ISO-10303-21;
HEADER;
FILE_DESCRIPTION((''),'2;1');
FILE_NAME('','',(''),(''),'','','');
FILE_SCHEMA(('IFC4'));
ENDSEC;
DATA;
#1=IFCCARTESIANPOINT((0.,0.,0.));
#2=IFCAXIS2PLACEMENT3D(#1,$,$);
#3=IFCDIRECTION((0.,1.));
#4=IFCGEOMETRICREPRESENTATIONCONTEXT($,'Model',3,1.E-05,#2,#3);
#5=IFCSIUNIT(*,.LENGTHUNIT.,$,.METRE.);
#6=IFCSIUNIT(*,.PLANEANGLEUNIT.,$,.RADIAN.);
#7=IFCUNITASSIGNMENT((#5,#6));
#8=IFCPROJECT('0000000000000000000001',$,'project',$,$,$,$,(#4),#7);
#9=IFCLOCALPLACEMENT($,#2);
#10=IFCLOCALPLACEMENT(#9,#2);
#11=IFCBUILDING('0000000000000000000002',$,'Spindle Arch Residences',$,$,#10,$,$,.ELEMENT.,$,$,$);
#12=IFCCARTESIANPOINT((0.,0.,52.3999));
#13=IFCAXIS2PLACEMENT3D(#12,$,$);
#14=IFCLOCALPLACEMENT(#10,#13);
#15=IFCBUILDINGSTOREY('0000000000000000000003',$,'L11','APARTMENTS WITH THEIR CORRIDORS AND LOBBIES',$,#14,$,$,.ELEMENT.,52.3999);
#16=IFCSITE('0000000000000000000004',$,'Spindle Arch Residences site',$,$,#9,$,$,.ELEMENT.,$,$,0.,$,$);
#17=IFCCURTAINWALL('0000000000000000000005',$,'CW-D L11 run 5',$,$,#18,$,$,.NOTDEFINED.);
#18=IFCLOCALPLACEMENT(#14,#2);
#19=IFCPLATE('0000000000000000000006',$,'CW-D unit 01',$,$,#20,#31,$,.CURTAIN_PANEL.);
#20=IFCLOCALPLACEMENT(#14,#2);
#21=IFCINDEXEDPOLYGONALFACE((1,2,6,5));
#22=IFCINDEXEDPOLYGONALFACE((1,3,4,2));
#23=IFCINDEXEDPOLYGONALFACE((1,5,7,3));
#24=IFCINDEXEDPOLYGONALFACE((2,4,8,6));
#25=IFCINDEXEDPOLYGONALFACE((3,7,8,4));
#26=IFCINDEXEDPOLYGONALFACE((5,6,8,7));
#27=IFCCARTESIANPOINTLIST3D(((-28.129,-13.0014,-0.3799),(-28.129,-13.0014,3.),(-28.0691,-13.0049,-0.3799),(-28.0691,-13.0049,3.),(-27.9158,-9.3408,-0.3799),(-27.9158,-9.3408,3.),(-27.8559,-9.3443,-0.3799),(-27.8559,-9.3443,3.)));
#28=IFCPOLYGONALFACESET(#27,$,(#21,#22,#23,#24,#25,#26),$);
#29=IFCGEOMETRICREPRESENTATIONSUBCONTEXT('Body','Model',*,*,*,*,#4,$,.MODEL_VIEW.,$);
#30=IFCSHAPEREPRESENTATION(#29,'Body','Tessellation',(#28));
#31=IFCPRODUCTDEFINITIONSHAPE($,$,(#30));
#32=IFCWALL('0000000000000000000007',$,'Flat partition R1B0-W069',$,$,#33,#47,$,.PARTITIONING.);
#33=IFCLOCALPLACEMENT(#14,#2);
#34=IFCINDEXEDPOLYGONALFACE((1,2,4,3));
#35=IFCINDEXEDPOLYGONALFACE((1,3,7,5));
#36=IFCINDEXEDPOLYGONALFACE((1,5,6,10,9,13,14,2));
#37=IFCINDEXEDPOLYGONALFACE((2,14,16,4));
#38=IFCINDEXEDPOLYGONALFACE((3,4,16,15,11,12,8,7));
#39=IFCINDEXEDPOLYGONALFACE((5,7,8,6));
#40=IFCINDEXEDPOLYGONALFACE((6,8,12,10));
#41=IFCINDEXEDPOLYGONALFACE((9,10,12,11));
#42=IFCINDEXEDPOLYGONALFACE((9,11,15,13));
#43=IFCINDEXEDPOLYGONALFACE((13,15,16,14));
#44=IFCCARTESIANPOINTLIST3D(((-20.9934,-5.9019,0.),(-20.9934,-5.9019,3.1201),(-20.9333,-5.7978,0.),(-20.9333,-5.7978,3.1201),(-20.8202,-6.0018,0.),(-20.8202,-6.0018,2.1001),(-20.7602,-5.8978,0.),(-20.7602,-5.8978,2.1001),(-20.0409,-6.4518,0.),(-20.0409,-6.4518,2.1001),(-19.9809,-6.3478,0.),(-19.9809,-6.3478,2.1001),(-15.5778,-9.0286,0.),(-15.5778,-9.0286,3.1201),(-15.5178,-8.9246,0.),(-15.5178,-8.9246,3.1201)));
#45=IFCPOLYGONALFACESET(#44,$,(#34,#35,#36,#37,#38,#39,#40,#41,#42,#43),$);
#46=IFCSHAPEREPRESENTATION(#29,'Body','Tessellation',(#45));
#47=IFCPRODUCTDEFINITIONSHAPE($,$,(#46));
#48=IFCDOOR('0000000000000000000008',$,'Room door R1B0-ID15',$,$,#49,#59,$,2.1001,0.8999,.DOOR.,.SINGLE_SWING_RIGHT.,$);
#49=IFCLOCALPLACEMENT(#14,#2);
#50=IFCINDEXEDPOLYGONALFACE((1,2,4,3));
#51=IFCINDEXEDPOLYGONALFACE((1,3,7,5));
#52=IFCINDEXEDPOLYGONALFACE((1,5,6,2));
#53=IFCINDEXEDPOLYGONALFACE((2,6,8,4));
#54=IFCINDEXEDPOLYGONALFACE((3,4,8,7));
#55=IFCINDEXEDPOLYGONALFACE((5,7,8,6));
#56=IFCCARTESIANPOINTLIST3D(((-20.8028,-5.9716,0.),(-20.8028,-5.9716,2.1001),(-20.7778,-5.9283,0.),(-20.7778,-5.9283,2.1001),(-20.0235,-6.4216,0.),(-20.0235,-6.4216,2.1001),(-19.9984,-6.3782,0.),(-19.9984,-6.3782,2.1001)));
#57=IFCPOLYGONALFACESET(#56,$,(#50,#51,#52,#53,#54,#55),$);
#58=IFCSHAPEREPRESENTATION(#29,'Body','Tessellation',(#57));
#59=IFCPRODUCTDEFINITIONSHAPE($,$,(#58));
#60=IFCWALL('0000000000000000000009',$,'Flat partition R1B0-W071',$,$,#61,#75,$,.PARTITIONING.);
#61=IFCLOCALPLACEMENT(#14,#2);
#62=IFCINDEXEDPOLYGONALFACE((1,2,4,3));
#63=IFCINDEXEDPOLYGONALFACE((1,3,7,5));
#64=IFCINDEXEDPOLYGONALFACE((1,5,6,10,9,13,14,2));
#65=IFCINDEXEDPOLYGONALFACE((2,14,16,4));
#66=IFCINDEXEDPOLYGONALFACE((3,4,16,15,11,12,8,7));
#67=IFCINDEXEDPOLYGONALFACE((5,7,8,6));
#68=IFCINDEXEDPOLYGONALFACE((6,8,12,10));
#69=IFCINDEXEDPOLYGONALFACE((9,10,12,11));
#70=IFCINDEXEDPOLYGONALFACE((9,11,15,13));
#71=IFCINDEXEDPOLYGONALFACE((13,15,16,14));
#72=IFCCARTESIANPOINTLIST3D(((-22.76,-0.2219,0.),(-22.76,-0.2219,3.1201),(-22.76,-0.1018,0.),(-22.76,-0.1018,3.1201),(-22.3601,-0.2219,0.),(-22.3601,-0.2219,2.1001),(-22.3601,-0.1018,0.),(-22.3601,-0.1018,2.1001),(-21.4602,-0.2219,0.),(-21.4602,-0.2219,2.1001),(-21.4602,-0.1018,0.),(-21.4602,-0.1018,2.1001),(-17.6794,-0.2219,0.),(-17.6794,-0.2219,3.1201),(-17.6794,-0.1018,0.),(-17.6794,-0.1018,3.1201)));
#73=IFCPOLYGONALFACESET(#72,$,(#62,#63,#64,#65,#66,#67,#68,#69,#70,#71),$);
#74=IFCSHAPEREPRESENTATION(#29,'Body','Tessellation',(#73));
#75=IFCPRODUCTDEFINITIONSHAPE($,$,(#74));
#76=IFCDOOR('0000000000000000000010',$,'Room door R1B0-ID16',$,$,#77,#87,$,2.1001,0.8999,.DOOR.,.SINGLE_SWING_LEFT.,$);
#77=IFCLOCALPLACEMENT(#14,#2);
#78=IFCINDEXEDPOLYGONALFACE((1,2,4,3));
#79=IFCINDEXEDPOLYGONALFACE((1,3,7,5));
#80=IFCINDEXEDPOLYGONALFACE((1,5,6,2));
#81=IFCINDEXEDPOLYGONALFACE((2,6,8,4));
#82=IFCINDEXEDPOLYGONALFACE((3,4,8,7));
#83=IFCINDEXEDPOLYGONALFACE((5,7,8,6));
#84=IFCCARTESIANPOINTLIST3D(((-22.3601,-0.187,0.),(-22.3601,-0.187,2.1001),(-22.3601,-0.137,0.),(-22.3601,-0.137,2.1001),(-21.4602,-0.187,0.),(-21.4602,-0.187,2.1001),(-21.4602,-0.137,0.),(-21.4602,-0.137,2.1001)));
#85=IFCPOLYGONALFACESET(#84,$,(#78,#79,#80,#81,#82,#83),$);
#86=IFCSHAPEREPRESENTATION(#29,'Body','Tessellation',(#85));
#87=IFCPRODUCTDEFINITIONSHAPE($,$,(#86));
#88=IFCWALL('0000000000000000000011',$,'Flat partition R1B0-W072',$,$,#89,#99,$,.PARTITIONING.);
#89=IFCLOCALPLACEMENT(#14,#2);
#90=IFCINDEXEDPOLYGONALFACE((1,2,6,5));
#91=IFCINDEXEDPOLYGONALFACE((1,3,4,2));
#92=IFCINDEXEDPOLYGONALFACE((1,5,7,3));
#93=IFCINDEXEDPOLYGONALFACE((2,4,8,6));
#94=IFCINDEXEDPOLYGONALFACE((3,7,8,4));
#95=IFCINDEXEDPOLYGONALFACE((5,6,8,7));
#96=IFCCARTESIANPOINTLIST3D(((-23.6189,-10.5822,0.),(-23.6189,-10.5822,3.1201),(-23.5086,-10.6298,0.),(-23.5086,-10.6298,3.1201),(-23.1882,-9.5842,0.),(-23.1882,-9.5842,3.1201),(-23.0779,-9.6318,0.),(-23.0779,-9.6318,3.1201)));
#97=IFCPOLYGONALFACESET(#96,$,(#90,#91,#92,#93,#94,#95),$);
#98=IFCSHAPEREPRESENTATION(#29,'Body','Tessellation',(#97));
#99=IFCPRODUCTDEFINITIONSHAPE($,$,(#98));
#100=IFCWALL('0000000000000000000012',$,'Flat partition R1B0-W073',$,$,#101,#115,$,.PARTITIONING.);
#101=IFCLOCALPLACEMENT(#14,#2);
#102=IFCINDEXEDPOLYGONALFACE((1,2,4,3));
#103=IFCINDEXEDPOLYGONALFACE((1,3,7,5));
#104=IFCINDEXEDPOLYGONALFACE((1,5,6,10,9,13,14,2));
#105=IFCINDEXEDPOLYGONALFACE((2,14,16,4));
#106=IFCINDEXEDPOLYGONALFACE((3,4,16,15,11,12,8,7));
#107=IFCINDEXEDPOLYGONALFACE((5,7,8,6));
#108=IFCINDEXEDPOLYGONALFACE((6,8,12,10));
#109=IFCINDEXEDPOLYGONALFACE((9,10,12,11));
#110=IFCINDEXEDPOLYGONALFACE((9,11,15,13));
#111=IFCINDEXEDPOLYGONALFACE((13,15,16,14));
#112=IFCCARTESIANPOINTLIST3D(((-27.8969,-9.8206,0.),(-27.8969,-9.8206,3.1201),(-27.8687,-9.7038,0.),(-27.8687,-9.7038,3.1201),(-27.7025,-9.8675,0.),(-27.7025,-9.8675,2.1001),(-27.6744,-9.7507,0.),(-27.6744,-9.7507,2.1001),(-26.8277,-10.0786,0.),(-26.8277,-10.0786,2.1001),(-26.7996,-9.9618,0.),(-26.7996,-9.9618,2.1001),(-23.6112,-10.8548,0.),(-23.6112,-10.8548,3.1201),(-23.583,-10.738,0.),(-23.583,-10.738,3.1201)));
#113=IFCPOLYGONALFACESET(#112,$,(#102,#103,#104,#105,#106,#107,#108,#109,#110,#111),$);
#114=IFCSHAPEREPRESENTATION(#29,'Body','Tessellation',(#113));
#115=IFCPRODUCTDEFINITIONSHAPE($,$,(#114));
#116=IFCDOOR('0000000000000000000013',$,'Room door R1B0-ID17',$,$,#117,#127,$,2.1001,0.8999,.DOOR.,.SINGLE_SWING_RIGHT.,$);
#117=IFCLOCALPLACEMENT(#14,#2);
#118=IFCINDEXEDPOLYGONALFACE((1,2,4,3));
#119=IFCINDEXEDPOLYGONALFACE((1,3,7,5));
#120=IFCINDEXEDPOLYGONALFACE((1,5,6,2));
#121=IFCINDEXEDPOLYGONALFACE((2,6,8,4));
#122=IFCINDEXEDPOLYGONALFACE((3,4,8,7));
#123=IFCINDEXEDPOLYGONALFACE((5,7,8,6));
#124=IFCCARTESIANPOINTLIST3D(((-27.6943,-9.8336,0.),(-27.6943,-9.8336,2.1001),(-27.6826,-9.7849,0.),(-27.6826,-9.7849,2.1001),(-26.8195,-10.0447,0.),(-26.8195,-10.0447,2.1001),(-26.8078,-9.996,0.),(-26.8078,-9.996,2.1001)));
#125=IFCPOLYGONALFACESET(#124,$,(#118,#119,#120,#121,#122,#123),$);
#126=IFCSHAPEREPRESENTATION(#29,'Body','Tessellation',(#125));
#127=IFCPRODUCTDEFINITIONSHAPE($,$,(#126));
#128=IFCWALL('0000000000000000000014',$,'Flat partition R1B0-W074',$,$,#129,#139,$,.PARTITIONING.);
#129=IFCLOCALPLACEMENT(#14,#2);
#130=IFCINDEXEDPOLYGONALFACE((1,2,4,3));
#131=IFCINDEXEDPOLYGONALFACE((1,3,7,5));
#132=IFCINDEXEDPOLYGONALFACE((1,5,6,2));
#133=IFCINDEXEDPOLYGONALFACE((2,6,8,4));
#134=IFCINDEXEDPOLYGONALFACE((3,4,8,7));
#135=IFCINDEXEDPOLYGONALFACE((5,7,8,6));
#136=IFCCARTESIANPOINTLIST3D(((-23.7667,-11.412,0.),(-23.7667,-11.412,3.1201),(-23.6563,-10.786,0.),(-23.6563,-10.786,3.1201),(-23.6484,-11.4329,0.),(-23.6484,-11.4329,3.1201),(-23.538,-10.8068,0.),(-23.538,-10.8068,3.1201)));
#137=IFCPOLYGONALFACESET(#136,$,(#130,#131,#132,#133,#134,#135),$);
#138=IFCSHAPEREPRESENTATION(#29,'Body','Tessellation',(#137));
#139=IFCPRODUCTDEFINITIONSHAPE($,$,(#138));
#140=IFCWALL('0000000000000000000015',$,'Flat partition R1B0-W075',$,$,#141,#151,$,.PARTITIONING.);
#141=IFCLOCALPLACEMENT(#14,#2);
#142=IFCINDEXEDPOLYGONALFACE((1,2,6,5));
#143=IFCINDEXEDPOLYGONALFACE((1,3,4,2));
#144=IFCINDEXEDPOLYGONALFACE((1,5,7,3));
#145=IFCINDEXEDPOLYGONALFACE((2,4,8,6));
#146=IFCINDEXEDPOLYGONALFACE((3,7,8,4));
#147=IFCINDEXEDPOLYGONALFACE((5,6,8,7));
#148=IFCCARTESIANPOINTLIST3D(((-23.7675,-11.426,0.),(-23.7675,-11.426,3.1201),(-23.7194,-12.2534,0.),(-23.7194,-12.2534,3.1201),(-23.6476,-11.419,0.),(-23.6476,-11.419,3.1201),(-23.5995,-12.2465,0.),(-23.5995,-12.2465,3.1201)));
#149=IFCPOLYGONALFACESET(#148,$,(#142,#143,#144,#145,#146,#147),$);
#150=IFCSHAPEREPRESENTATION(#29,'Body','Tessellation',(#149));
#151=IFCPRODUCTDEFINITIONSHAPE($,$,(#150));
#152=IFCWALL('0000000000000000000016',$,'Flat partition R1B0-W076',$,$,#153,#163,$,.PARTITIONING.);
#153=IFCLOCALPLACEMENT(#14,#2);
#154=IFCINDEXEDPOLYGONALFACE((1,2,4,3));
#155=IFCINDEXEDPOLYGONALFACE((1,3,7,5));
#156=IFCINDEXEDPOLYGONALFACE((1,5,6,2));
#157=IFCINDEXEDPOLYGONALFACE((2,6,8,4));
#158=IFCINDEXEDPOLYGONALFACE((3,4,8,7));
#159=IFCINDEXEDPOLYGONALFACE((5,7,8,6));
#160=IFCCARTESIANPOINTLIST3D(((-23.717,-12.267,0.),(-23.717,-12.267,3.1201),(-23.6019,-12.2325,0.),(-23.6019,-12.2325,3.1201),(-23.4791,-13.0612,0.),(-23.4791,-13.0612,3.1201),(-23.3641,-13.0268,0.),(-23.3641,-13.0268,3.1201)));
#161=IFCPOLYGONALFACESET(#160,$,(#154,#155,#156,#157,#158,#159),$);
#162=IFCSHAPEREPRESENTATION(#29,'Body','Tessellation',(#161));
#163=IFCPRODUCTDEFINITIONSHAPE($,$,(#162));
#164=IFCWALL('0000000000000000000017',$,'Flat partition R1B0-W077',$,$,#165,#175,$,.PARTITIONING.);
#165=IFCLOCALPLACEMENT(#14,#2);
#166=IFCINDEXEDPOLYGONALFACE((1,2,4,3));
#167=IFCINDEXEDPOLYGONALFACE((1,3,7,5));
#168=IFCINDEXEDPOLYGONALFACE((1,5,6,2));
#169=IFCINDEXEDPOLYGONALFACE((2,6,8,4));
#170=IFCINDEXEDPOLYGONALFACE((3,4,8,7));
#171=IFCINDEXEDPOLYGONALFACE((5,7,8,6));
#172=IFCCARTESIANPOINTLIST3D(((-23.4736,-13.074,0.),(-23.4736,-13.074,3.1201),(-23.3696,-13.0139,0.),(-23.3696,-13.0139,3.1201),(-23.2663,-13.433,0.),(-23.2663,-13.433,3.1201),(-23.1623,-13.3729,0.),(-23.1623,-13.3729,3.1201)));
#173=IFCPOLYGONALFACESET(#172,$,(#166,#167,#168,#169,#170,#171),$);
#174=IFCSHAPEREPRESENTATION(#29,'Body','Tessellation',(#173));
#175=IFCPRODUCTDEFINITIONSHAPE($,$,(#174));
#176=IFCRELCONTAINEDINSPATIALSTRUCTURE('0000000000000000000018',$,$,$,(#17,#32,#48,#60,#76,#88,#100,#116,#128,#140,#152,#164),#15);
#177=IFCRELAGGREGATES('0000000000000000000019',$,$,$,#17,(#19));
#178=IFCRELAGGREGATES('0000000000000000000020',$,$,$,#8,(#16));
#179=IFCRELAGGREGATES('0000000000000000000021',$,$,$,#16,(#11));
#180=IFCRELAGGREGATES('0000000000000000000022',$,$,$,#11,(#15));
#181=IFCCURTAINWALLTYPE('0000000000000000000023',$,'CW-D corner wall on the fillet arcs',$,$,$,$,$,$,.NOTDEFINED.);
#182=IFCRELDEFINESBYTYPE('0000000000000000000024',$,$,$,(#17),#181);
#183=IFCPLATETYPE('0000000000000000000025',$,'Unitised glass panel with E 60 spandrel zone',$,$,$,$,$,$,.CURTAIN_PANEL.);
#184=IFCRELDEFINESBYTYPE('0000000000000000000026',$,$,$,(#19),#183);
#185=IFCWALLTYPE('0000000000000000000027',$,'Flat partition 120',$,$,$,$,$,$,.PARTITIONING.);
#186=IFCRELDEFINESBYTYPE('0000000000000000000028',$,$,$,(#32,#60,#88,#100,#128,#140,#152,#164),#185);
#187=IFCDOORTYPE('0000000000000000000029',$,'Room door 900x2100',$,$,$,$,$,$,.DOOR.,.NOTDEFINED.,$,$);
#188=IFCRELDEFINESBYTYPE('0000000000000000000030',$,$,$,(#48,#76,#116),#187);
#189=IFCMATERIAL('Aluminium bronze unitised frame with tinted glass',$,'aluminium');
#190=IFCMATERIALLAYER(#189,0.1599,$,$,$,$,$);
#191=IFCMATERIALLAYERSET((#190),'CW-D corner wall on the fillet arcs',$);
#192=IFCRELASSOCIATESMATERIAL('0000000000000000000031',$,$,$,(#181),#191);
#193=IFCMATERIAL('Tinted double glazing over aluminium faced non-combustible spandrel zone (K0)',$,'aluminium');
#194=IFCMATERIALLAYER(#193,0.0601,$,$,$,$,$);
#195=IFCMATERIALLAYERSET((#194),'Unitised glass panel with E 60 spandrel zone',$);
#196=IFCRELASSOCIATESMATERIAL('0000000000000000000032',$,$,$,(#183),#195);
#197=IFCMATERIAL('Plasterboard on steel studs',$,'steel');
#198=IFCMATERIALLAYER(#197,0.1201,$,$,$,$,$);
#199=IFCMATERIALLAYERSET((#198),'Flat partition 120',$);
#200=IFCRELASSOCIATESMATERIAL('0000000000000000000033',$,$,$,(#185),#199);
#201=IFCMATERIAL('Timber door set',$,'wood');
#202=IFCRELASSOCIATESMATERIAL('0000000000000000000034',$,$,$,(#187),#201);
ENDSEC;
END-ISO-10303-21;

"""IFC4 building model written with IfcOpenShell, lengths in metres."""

from ifc_helpers import new_model, si_unit, direction, frame, frame_2d, origin, origin_2d, place, context, subcontext, project, spatial, rectangle, extrude, material, layer, layer_set, type_object, element, fill, aggregate, save


model = new_model("IFC4")

# Units and contexts
model_context = context("Model", 3, precision=1e-05, world=origin(), true_north=direction((0.0, 1.0)))
body_context = subcontext(model_context, "Body", "Model", "MODEL_VIEW")
ifc_project = project(units=[si_unit("LENGTHUNIT", "METRE"), si_unit("PLANEANGLEUNIT", "RADIAN")], contexts=[model_context])

# Site, building, storey
site_placement = place(None, origin())
site = spatial("IfcSite", under=ifc_project, at=site_placement, Name="Spindle Arch Residences site", CompositionType="ELEMENT", RefElevation=0.0)
building_placement = place(site_placement, origin())
building = spatial("IfcBuilding", under=site, at=building_placement, Name="Spindle Arch Residences", CompositionType="ELEMENT")
storey_placement = place(building_placement, frame((0.0, 0.0, 52.3999)))
storey = spatial("IfcBuildingStorey", under=building, at=storey_placement, Name="L11", Description="APARTMENTS WITH THEIR CORRIDORS AND LOBBIES", CompositionType="ELEMENT", Elevation=52.3999)

# Curtain wall
ifc_material_1 = material(Name="Aluminium bronze unitised frame with tinted glass", Category="aluminium")
ifc_layer_1 = layer(ifc_material_1, 0.1599)
ifc_layer_set_1 = layer_set([ifc_layer_1], Name="CW-D corner wall on the fillet arcs")
curtain_wall_type_1 = type_object("IfcCurtainWallType", Name="CW-D corner wall on the fillet arcs", PredefinedType="NOTDEFINED", material=ifc_layer_set_1)
curtain_wall_1_placement = place(storey_placement, origin())
curtain_wall_1 = element("IfcCurtainWall", 1, at=curtain_wall_1_placement, inside=storey, type_object=curtain_wall_type_1, Name="CW-D L11 run 5", PredefinedType="NOTDEFINED")

# Shared definitions
ifc_material_2 = material(Name="Tinted double glazing over aluminium faced non-combustible spandrel zone (K0)", Category="aluminium")
ifc_layer_2 = layer(ifc_material_2, 0.0601)
ifc_layer_set_2 = layer_set([ifc_layer_2], Name="Unitised glass panel with E 60 spandrel zone")
plate_type = type_object("IfcPlateType", Name="Unitised glass panel with E 60 spandrel zone", PredefinedType="CURTAIN_PANEL", material=ifc_layer_set_2)

# Plate
plate_1_placement = place(storey_placement, frame((-27.9924, -11.1729, -0.3799), z_axis=(0.0, 0.0, 1.0), x_axis=(-0.058145, -0.998308, 0.0)))
plate_1 = element("IfcPlate", 2, at=plate_1_placement, type_object=plate_type, Name="CW-D unit 01", PredefinedType="CURTAIN_PANEL", context=body_context, shape_type="SweptSolid", body=[
    extrude(rectangle(XDim=3.6667, YDim=0.0601, at=origin_2d()), origin(), (0.0, 0.0, 1.0), 3.3799),
])
aggregate(curtain_wall_1, [plate_1])

# Walls, openings, doors
ifc_material_3 = material(Name="Plasterboard on steel studs", Category="steel")
ifc_layer_3 = layer(ifc_material_3, 0.1201)
ifc_layer_set_3 = layer_set([ifc_layer_3], Name="Flat partition 120")
wall_type = type_object("IfcWallType", Name="Flat partition 120", PredefinedType="PARTITIONING", material=ifc_layer_set_3)
wall_1_placement = place(storey_placement, frame((-20.9634, -5.8499, 0.0), z_axis=(0.0, 0.0, 1.0), x_axis=(0.866022, -0.500006, 0.0)))
wall_1 = element("IfcWall", 3, at=wall_1_placement, inside=storey, type_object=wall_type, Name="Flat partition R1B0-W069", PredefinedType="PARTITIONING", context=body_context, shape_type="SweptSolid", body=[
    extrude(rectangle(XDim=6.2534, YDim=0.1201, at=frame_2d((3.1267, 0.0))), origin(), (0.0, 0.0, 1.0), 3.1201),
])
opening_1_placement = place(wall_1_placement, frame((0.2, 0.0, 0.0)))
opening_1 = element("IfcOpeningElement", 4, at=opening_1_placement, cuts=wall_1, PredefinedType="OPENING", context=body_context, shape_type="SweptSolid", body=[
    extrude(rectangle(XDim=0.8999, YDim=2.1001, at=frame_2d((0.45, 1.05))), frame((0.0, 0.0701, 0.0), z_axis=(0.0, -1.0, 0.0), x_axis=(1.0, 0.0, 0.0)), (0.0, 0.0, 1.0), 0.1401),
])
ifc_material_4 = material(Name="Timber door set", Category="wood")
door_type = type_object("IfcDoorType", Name="Room door 900x2100", OperationType="NOTDEFINED", PredefinedType="DOOR", material=ifc_material_4)
door_1_placement = place(opening_1_placement, origin())
door_1 = element("IfcDoor", 5, at=door_1_placement, inside=storey, type_object=door_type, Name="Room door R1B0-ID15", OperationType="SINGLE_SWING_RIGHT", OverallHeight=2.1001, OverallWidth=0.8999, PredefinedType="DOOR", context=body_context, shape_type="SweptSolid", body=[
    extrude(rectangle(XDim=0.8999, YDim=2.1001, at=frame_2d((0.45, 1.05))), frame((0.0, 0.0249, 0.0), z_axis=(0.0, -1.0, 0.0), x_axis=(1.0, 0.0, 0.0)), (0.0, 0.0, 1.0), 0.05),
])
fill(opening_1, door_1)
wall_2_placement = place(storey_placement, frame((-22.76, -0.1619, 0.0), z_axis=(0.0, 0.0, 1.0), x_axis=(1.0, 0.0, 0.0)))
wall_2 = element("IfcWall", 6, at=wall_2_placement, inside=storey, type_object=wall_type, Name="Flat partition R1B0-W071", PredefinedType="PARTITIONING", context=body_context, shape_type="SweptSolid", body=[
    extrude(rectangle(XDim=5.0806, YDim=0.1201, at=frame_2d((2.5403, 0.0))), origin(), (0.0, 0.0, 1.0), 3.1201),
])
opening_2_placement = place(wall_2_placement, frame((0.3999, 0.0, 0.0)))
opening_2 = element("IfcOpeningElement", 7, at=opening_2_placement, cuts=wall_2, PredefinedType="OPENING", context=body_context, shape_type="SweptSolid", body=[
    extrude(rectangle(XDim=0.8999, YDim=2.1001, at=frame_2d((0.45, 1.05))), frame((0.0, 0.0701, 0.0), z_axis=(0.0, -1.0, 0.0), x_axis=(1.0, 0.0, 0.0)), (0.0, 0.0, 1.0), 0.1401),
])
door_2_placement = place(opening_2_placement, origin())
door_2 = element("IfcDoor", 8, at=door_2_placement, inside=storey, type_object=door_type, Name="Room door R1B0-ID16", OperationType="SINGLE_SWING_LEFT", OverallHeight=2.1001, OverallWidth=0.8999, PredefinedType="DOOR", context=body_context, shape_type="SweptSolid", body=[
    extrude(rectangle(XDim=0.8999, YDim=2.1001, at=frame_2d((0.45, 1.05))), frame((0.0, 0.0249, 0.0), z_axis=(0.0, -1.0, 0.0), x_axis=(1.0, 0.0, 0.0)), (0.0, 0.0, 1.0), 0.05),
])
fill(opening_2, door_2)

# Wall
wall_3_placement = place(storey_placement, frame((-23.5637, -10.606, 0.0), z_axis=(0.0, 0.0, 1.0), x_axis=(0.396195, 0.918166, 0.0)))
element("IfcWall", 9, at=wall_3_placement, inside=storey, type_object=wall_type, Name="Flat partition R1B0-W072", PredefinedType="PARTITIONING", context=body_context, shape_type="SweptSolid", body=[
    extrude(rectangle(XDim=1.0869, YDim=0.1201, at=frame_2d((0.5435, 0.0))), origin(), (0.0, 0.0, 1.0), 3.1201),
])

# Wall, opening, door
wall_4_placement = place(storey_placement, frame((-27.8828, -9.7622, 0.0), z_axis=(0.0, 0.0, 1.0), x_axis=(0.972097, -0.234579, 0.0)))
wall_4 = element("IfcWall", 10, at=wall_4_placement, inside=storey, type_object=wall_type, Name="Flat partition R1B0-W073", PredefinedType="PARTITIONING", context=body_context, shape_type="SweptSolid", body=[
    extrude(rectangle(XDim=4.4087, YDim=0.1201, at=frame_2d((2.2043, 0.0))), origin(), (0.0, 0.0, 1.0), 3.1201),
])
opening_3_placement = place(wall_4_placement, frame((0.2, 0.0, 0.0)))
opening_3 = element("IfcOpeningElement", 11, at=opening_3_placement, cuts=wall_4, PredefinedType="OPENING", context=body_context, shape_type="SweptSolid", body=[
    extrude(rectangle(XDim=0.8999, YDim=2.1001, at=frame_2d((0.45, 1.05))), frame((0.0, 0.0701, 0.0), z_axis=(0.0, -1.0, 0.0), x_axis=(1.0, 0.0, 0.0)), (0.0, 0.0, 1.0), 0.1401),
])
door_3_placement = place(opening_3_placement, origin())
door_3 = element("IfcDoor", 12, at=door_3_placement, inside=storey, type_object=door_type, Name="Room door R1B0-ID17", OperationType="SINGLE_SWING_RIGHT", OverallHeight=2.1001, OverallWidth=0.8999, PredefinedType="DOOR", context=body_context, shape_type="SweptSolid", body=[
    extrude(rectangle(XDim=0.8999, YDim=2.1001, at=frame_2d((0.45, 1.05))), frame((0.0, 0.0249, 0.0), z_axis=(0.0, -1.0, 0.0), x_axis=(1.0, 0.0, 0.0)), (0.0, 0.0, 1.0), 0.05),
])
fill(opening_3, door_3)

# Walls
wall_5_placement = place(storey_placement, frame((-23.5972, -10.7964, 0.0), z_axis=(0.0, 0.0, 1.0), x_axis=(-0.17361, -0.984814, 0.0)))
element("IfcWall", 13, at=wall_5_placement, inside=storey, type_object=wall_type, Name="Flat partition R1B0-W074", PredefinedType="PARTITIONING", context=body_context, shape_type="SweptSolid", body=[
    extrude(rectangle(XDim=0.6357, YDim=0.1201, at=frame_2d((0.3179, 0.0))), origin(), (0.0, 0.0, 1.0), 3.1201),
])
wall_6_placement = place(storey_placement, frame((-23.7075, -11.4224, 0.0), z_axis=(0.0, 0.0, 1.0), x_axis=(0.058031, -0.998315, 0.0)))
element("IfcWall", 14, at=wall_6_placement, inside=storey, type_object=wall_type, Name="Flat partition R1B0-W075", PredefinedType="PARTITIONING", context=body_context, shape_type="SweptSolid", body=[
    extrude(rectangle(XDim=0.8289, YDim=0.1201, at=frame_2d((0.4146, 0.0))), origin(), (0.0, 0.0, 1.0), 3.1201),
])
wall_7_placement = place(storey_placement, frame((-23.6594, -12.2498, 0.0), z_axis=(0.0, 0.0, 1.0), x_axis=(0.286835, -0.95798, 0.0)))
element("IfcWall", 15, at=wall_7_placement, inside=storey, type_object=wall_type, Name="Flat partition R1B0-W076", PredefinedType="PARTITIONING", context=body_context, shape_type="SweptSolid", body=[
    extrude(rectangle(XDim=0.8291, YDim=0.1201, at=frame_2d((0.4146, 0.0))), origin(), (0.0, 0.0, 1.0), 3.1201),
])
wall_8_placement = place(storey_placement, frame((-23.4216, -13.0439, 0.0), z_axis=(0.0, 0.0, 1.0), x_axis=(0.50013, -0.86595, 0.0)))
element("IfcWall", 16, at=wall_8_placement, inside=storey, type_object=wall_type, Name="Flat partition R1B0-W077", PredefinedType="PARTITIONING", context=body_context, shape_type="SweptSolid", body=[
    extrude(rectangle(XDim=0.4146, YDim=0.1201, at=frame_2d((0.2073, 0.0))), origin(), (0.0, 0.0, 1.0), 3.1201),
])

save(model, "model.ifc")
